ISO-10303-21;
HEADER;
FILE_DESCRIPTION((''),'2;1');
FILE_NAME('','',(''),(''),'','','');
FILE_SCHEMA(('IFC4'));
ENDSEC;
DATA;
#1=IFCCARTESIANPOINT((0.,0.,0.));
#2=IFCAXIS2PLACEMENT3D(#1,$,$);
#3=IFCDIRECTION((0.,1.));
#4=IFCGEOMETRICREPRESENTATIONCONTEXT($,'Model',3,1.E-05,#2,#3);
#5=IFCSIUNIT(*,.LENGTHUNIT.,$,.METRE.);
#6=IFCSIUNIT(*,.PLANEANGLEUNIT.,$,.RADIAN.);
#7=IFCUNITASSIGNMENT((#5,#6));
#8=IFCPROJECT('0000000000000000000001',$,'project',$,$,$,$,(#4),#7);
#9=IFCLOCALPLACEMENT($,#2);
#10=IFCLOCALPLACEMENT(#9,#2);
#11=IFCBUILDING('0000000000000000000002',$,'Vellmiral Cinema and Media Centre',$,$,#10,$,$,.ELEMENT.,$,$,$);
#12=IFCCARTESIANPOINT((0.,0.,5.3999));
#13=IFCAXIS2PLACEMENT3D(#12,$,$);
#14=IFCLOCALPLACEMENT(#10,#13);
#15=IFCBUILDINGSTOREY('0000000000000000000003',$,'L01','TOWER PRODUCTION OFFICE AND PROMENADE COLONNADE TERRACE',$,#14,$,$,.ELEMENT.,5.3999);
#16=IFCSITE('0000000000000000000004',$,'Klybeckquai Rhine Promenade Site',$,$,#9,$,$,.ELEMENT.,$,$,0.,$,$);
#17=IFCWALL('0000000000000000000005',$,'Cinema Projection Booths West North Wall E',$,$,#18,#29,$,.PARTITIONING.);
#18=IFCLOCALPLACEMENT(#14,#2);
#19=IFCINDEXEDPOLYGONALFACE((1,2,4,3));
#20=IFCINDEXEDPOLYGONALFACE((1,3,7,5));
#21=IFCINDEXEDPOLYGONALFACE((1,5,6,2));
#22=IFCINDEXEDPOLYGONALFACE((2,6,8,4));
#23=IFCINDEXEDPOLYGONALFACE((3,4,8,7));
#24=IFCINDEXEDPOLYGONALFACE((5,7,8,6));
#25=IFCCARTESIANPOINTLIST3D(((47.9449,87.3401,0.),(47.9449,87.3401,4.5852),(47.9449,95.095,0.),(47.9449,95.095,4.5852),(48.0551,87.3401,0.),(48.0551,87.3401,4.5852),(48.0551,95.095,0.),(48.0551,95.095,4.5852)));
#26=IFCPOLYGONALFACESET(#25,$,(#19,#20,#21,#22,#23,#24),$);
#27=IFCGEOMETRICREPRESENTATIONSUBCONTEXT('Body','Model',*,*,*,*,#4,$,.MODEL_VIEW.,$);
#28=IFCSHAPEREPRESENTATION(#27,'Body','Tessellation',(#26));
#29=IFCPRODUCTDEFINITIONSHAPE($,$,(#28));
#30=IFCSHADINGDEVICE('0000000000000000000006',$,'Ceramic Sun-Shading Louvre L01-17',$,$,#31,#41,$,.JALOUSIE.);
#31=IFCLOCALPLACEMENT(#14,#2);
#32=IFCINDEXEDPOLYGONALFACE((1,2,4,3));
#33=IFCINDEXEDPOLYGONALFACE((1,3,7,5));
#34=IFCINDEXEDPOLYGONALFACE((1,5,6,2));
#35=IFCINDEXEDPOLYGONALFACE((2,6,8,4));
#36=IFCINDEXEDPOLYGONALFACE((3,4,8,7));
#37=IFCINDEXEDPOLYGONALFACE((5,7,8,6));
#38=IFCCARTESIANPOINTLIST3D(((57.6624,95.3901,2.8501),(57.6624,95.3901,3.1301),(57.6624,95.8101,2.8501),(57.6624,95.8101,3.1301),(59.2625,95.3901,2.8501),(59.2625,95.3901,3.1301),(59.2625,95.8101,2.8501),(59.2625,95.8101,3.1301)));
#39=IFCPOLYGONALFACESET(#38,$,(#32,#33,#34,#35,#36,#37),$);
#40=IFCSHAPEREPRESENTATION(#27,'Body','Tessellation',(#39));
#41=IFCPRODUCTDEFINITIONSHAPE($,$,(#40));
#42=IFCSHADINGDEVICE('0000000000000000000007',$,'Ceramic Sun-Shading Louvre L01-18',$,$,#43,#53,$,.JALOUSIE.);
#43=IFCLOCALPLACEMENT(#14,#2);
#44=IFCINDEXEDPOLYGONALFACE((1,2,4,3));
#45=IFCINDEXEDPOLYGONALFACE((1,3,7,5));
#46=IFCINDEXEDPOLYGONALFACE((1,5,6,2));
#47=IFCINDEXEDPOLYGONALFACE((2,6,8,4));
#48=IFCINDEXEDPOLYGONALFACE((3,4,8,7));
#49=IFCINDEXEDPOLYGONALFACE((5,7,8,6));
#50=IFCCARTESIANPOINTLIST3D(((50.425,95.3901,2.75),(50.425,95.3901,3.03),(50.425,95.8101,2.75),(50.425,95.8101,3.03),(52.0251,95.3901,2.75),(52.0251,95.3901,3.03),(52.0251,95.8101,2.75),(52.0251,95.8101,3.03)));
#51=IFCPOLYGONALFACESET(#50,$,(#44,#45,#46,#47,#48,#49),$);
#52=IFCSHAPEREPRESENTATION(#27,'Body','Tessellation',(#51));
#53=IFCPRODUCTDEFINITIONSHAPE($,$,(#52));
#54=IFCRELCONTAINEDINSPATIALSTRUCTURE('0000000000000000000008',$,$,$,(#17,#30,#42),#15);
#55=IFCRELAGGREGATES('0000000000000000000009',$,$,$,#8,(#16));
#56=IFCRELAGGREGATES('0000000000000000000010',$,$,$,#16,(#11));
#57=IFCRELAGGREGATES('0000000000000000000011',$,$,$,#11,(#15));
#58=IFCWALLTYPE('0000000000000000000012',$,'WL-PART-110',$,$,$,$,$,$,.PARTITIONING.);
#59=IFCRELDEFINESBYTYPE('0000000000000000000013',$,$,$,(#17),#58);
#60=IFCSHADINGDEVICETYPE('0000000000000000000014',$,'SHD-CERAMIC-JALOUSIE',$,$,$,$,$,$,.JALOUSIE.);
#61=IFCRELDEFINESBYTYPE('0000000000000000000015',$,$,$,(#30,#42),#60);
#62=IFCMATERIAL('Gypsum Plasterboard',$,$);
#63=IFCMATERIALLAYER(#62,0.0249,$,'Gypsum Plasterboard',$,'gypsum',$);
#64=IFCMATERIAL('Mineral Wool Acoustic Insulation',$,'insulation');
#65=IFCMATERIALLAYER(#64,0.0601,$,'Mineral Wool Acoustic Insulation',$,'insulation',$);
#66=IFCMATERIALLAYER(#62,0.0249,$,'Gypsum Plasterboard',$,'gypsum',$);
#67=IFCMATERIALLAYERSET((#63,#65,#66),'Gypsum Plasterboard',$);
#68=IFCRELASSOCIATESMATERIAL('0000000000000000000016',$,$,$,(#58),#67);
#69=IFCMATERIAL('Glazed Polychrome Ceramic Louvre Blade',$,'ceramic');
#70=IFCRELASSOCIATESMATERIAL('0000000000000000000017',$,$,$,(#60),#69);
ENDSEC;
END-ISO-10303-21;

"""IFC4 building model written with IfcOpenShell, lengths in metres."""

from ifc_helpers import new_model, si_unit, direction, frame, frame_2d, origin, origin_2d, place, context, subcontext, project, spatial, rectangle, extrude, material, layer, layer_set, type_object, element, save


model = new_model("IFC4")

# Units and contexts
model_context = context("Model", 3, precision=1e-05, world=origin(), true_north=direction((0.0, 1.0)))
body_context = subcontext(model_context, "Body", "Model", "MODEL_VIEW")
ifc_project = project(units=[si_unit("LENGTHUNIT", "METRE"), si_unit("PLANEANGLEUNIT", "RADIAN")], contexts=[model_context])

# Site, building, storey
site_placement = place(None, origin())
site = spatial("IfcSite", under=ifc_project, at=site_placement, Name="Klybeckquai Rhine Promenade Site", CompositionType="ELEMENT", RefElevation=0.0)
building_placement = place(site_placement, origin())
building = spatial("IfcBuilding", under=site, at=building_placement, Name="Vellmiral Cinema and Media Centre", CompositionType="ELEMENT")
storey_placement = place(building_placement, frame((0.0, 0.0, 5.3999)))
storey = spatial("IfcBuildingStorey", under=building, at=storey_placement, Name="L01", Description="TOWER PRODUCTION OFFICE AND PROMENADE COLONNADE TERRACE", CompositionType="ELEMENT", Elevation=5.3999)

# Wall
ifc_material_1 = material(Name="Gypsum Plasterboard")
ifc_layer_1 = layer(ifc_material_1, 0.0249, Name="Gypsum Plasterboard", Category="gypsum")
ifc_material_2 = material(Name="Mineral Wool Acoustic Insulation", Category="insulation")
ifc_layer_2 = layer(ifc_material_2, 0.0601, Name="Mineral Wool Acoustic Insulation", Category="insulation")
ifc_layer_3 = layer(ifc_material_1, 0.0249, Name="Gypsum Plasterboard", Category="gypsum")
ifc_layer_set_1 = layer_set([ifc_layer_1, ifc_layer_2, ifc_layer_3], Name="Gypsum Plasterboard")
wall_type_1 = type_object("IfcWallType", Name="WL-PART-110", PredefinedType="PARTITIONING", material=ifc_layer_set_1)
wall_1_placement = place(storey_placement, frame((48.0, 87.3401, 0.0), z_axis=(0.0, 0.0, 1.0), x_axis=(0.0, 1.0, 0.0)))
element("IfcWall", 1, at=wall_1_placement, inside=storey, type_object=wall_type_1, Name="Cinema Projection Booths West North Wall E", PredefinedType="PARTITIONING", context=body_context, shape_type="SweptSolid", body=[
    extrude(rectangle(XDim=7.7549, YDim=0.1101, at=frame_2d((3.8774, 0.0))), origin(), (0.0, 0.0, 1.0), 4.5852),
])

# Shading devices
ifc_material_3 = material(Name="Glazed Polychrome Ceramic Louvre Blade", Category="ceramic")
shading_device_type = type_object("IfcShadingDeviceType", Name="SHD-CERAMIC-JALOUSIE", PredefinedType="JALOUSIE", material=ifc_material_3)
for number, where, z_axis, x_axis, name in (
    (2, (58.4624, 95.6001, 2.8501), (0.0, 0.0, 1.0), (-1.0, 0.0, 0.0), "Ceramic Sun-Shading Louvre L01-17"),
    (3, (51.2251, 95.6001, 2.75), (0.0, 0.0, 1.0), (-1.0, 0.0, 0.0), "Ceramic Sun-Shading Louvre L01-18"),
):
    element("IfcShadingDevice", number, at=place(storey_placement, frame(where, z_axis=z_axis, x_axis=x_axis)), inside=storey, type_object=shading_device_type, Name=name, PredefinedType="JALOUSIE", context=body_context, shape_type="SweptSolid", body=[
        extrude(rectangle(XDim=1.6001, YDim=0.4199, at=origin_2d()), origin(), (0.0, 0.0, 1.0), 0.28),
    ])

save(model, "model.ifc")
